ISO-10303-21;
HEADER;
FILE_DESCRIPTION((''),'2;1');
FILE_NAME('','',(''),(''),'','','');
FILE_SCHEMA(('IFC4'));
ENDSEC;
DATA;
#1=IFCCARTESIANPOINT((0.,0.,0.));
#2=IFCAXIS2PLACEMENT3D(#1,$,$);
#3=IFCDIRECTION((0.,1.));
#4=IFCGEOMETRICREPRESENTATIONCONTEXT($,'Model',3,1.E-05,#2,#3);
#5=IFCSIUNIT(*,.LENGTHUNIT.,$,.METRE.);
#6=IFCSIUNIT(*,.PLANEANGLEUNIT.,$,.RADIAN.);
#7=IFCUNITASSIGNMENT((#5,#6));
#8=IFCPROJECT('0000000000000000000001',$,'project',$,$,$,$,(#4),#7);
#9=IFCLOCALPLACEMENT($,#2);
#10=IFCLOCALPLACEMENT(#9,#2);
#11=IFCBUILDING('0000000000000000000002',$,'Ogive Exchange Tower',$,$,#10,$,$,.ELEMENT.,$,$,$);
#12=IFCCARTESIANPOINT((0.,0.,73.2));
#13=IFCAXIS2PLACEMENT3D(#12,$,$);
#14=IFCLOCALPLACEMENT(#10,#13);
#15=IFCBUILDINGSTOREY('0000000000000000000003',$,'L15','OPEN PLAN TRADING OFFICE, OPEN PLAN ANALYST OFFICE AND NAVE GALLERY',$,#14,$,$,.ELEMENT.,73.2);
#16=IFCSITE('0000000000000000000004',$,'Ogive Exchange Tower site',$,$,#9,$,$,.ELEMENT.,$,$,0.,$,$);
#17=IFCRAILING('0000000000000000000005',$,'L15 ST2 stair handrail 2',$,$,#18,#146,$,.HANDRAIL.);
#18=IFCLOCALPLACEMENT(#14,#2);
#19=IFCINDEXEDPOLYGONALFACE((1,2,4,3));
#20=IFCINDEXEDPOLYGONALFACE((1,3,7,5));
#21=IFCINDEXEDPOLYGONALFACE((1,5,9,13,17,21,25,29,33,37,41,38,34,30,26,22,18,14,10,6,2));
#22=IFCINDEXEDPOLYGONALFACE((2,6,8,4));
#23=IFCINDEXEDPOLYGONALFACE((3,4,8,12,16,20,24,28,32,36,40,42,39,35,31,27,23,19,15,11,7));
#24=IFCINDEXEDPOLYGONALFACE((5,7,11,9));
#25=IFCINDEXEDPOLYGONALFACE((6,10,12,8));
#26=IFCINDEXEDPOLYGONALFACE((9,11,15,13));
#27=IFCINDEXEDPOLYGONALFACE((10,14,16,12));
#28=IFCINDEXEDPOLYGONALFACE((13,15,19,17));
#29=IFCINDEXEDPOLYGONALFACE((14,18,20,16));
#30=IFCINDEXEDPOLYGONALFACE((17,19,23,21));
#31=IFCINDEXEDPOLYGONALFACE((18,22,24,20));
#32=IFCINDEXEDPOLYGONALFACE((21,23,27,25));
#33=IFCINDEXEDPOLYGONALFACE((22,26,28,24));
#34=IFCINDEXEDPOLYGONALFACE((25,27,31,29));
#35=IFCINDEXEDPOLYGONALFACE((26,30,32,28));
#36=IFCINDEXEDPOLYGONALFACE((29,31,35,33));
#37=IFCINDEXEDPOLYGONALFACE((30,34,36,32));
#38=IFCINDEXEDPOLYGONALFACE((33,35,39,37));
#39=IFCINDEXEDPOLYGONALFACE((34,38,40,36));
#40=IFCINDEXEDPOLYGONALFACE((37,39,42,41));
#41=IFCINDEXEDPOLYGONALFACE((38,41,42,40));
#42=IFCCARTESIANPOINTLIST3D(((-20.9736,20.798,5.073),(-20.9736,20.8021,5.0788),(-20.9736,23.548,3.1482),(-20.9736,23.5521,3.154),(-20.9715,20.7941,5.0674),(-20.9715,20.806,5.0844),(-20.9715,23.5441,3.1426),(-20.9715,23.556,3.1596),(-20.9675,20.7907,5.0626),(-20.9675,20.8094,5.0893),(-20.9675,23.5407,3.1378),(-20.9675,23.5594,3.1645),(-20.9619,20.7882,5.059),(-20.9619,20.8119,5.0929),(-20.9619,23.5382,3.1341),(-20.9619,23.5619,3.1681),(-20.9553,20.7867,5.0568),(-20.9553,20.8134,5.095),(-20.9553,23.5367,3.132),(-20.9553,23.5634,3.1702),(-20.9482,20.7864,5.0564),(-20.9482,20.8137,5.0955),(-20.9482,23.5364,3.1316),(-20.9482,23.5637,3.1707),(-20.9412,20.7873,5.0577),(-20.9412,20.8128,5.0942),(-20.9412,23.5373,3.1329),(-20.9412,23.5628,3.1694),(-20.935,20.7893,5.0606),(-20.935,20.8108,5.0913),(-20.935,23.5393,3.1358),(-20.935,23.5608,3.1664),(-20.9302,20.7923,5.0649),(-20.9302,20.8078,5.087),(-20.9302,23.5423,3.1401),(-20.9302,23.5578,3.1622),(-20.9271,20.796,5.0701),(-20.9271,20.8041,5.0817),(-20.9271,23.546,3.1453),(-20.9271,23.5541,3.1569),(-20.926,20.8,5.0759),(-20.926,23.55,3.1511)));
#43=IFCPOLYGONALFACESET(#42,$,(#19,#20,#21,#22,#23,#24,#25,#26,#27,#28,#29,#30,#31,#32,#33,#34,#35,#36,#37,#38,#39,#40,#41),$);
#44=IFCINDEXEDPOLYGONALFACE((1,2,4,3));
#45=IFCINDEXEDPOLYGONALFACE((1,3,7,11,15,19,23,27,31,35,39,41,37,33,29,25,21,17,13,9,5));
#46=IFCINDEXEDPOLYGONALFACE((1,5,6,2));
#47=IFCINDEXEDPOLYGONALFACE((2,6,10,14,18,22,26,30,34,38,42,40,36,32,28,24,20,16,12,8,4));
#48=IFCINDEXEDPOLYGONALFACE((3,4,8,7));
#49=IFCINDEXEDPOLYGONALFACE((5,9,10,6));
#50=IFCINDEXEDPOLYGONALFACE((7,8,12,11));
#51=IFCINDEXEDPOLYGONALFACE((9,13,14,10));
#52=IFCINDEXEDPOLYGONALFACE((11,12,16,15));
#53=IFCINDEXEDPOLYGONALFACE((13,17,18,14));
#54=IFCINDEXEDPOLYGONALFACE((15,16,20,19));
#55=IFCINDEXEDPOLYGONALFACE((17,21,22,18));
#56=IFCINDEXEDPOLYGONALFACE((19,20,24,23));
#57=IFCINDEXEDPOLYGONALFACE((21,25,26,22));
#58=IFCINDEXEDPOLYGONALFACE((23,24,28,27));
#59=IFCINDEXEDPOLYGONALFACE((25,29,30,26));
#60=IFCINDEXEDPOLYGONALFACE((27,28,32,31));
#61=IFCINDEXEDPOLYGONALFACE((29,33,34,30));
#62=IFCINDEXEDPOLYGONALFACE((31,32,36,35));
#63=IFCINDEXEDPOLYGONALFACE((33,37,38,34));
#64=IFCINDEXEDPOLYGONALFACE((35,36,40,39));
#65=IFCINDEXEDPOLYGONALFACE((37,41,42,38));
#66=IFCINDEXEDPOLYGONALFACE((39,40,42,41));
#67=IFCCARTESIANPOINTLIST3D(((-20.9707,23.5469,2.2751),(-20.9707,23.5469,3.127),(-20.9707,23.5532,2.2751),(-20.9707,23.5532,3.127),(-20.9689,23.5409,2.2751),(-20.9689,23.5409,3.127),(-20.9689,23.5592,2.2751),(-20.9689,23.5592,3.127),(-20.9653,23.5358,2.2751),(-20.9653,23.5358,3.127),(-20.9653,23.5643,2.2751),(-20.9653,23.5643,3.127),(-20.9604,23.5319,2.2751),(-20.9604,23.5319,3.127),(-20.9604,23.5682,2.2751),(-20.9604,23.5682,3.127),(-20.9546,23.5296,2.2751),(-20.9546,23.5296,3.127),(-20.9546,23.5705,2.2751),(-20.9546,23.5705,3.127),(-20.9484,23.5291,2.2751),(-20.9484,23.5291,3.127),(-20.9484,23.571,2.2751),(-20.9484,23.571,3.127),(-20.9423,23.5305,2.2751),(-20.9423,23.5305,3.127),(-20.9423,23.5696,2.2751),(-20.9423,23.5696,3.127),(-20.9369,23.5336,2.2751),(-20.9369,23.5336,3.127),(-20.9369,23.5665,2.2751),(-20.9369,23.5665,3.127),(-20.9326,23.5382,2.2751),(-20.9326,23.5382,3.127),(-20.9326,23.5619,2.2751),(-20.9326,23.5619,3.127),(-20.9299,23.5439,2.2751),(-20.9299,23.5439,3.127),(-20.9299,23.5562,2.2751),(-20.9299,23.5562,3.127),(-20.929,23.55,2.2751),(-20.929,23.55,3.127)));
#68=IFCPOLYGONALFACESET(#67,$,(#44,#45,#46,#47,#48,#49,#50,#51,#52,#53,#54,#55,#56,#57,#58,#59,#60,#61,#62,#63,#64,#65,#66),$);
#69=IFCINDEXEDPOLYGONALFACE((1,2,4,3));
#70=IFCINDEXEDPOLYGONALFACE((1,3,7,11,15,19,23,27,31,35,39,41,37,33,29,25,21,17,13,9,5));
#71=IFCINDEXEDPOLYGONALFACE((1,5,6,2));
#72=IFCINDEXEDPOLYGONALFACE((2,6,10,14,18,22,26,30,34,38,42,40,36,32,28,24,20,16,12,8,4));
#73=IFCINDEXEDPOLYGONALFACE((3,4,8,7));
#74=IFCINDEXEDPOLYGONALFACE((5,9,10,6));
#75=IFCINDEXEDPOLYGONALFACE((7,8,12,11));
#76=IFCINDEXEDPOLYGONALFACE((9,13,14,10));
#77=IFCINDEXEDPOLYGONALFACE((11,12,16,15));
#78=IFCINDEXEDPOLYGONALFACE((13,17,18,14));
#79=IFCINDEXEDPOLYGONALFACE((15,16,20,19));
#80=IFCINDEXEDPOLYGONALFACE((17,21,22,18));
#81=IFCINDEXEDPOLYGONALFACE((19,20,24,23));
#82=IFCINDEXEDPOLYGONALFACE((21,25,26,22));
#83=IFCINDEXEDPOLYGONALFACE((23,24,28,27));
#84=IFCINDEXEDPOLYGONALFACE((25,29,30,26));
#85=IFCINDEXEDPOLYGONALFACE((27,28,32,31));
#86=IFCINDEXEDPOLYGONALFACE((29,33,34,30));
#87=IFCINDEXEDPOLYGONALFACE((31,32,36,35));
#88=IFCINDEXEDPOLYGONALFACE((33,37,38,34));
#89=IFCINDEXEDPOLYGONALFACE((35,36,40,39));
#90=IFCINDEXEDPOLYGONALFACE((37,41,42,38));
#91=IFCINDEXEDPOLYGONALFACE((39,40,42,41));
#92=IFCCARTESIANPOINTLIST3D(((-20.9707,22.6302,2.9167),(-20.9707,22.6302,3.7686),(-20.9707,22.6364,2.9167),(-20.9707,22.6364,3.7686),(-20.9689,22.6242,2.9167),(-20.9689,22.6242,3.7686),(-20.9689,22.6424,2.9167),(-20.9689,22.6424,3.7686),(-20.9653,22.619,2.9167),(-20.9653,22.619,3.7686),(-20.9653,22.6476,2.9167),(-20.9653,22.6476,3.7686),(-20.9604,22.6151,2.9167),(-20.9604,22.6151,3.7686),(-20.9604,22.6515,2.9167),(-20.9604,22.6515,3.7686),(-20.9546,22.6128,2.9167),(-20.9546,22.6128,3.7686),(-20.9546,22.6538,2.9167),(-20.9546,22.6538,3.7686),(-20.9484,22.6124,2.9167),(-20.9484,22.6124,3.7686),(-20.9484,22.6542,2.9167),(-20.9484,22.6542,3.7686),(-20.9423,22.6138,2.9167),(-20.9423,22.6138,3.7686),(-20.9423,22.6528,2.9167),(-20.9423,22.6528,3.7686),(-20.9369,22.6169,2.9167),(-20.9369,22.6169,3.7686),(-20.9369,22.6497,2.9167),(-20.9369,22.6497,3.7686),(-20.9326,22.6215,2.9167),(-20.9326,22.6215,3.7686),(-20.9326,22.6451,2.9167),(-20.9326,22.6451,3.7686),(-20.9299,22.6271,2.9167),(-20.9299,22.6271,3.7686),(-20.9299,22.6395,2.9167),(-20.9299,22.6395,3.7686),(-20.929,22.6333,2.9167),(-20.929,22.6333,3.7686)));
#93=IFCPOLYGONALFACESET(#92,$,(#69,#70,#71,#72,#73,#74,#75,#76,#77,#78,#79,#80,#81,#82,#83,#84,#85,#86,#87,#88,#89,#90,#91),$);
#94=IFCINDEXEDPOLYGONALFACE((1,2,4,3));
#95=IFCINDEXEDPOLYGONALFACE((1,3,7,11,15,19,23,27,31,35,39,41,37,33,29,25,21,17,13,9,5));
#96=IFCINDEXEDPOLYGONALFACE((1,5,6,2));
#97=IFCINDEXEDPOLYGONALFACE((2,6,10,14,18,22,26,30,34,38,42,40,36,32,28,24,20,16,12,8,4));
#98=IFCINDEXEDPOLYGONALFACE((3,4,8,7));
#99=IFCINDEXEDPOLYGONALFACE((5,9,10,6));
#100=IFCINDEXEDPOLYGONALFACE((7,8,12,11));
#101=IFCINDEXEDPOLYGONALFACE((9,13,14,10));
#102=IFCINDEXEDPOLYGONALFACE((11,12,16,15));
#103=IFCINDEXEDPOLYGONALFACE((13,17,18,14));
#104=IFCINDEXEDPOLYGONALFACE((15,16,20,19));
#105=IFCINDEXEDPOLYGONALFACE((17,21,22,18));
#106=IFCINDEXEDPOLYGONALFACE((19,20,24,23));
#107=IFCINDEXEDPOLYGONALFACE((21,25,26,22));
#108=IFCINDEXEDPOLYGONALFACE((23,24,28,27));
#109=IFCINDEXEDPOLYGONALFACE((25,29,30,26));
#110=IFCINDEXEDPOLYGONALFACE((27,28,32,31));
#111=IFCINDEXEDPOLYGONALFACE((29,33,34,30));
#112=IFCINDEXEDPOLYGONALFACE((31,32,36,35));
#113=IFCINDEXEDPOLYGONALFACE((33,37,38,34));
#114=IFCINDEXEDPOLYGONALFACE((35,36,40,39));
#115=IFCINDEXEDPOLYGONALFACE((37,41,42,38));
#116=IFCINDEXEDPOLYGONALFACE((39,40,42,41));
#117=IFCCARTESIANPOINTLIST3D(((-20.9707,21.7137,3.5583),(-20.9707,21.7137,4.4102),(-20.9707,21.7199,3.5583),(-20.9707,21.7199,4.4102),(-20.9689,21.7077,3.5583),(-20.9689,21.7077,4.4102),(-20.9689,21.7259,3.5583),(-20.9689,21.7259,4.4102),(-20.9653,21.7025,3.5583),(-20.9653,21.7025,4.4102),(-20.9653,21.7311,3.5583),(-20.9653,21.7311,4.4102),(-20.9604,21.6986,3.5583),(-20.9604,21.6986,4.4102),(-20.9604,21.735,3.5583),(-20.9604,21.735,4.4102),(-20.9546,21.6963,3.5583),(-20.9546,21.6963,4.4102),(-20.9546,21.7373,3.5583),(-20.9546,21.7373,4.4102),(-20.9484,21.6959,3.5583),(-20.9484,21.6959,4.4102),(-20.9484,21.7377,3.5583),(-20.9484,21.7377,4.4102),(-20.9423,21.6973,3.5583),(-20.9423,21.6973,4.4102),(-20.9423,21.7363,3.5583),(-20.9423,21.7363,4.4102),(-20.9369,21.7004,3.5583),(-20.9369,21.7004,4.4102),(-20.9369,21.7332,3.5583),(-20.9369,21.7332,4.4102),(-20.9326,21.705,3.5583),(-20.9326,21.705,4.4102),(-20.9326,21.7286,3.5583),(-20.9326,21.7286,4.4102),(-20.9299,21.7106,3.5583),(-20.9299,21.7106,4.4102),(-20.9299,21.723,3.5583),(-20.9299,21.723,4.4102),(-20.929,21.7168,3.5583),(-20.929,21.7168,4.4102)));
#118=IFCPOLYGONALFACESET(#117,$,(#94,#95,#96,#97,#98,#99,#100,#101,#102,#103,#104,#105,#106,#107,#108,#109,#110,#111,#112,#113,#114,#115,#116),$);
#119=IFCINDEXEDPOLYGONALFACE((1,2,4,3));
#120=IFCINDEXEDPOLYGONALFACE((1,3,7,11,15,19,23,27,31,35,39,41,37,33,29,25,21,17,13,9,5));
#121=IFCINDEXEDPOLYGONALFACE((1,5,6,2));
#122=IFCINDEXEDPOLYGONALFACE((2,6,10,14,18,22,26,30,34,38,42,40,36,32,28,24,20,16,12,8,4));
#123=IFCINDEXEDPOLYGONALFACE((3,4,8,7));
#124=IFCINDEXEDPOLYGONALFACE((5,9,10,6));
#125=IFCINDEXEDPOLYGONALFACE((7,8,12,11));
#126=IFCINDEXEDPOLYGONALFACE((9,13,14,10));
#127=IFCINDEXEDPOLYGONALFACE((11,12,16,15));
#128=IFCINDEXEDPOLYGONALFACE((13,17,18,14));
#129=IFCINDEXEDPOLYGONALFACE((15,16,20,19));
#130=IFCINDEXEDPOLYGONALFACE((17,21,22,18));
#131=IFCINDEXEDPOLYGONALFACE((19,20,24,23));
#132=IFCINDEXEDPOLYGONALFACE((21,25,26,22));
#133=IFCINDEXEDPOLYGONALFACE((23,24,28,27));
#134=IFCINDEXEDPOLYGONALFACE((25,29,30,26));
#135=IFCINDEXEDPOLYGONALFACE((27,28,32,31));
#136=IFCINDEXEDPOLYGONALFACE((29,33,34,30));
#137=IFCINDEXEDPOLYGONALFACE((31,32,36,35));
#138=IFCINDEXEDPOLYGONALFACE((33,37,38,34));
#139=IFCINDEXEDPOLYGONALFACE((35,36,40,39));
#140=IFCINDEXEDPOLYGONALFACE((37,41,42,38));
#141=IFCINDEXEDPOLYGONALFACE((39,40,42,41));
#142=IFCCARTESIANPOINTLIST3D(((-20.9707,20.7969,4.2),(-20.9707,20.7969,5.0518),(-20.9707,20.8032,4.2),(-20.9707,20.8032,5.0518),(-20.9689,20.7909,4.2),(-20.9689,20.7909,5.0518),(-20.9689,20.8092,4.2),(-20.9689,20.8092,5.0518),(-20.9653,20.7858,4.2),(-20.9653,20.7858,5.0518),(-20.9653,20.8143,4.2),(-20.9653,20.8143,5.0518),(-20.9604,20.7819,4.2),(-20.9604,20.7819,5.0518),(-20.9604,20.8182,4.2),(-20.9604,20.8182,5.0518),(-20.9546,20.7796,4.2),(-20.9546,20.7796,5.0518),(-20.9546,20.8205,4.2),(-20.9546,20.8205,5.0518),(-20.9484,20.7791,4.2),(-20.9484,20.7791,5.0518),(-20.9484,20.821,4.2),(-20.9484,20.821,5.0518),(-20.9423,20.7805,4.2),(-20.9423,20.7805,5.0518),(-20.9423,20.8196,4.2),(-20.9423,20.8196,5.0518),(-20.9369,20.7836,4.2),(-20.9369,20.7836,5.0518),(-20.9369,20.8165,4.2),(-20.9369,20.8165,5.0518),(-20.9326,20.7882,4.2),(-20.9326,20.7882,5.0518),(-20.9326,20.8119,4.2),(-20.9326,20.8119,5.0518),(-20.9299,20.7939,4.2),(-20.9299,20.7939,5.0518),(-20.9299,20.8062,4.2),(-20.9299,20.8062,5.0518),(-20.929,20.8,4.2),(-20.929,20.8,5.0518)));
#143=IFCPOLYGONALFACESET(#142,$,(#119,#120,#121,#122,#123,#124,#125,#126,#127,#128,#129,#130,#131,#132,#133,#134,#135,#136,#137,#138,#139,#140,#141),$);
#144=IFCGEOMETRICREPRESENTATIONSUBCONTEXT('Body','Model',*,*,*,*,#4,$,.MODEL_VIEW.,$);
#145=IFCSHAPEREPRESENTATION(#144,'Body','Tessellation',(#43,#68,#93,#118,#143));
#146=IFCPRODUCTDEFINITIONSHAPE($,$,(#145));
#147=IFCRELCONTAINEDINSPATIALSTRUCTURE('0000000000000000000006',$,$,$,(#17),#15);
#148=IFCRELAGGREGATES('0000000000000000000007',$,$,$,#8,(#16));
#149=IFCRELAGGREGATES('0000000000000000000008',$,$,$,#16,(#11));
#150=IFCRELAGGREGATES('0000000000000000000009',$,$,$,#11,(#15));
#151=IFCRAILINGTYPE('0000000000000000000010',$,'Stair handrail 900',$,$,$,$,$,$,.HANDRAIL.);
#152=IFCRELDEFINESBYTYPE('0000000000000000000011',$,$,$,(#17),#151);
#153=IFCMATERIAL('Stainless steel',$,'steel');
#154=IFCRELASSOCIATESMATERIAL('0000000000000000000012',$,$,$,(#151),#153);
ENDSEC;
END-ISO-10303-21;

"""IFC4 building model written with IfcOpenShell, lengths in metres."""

from ifc_helpers import new_model, si_unit, direction, frame, origin, origin_2d, place, context, subcontext, project, spatial, circle, extrude, material, type_object, element, save


model = new_model("IFC4")

# Units and contexts
model_context = context("Model", 3, precision=1e-05, world=origin(), true_north=direction((0.0, 1.0)))
body_context = subcontext(model_context, "Body", "Model", "MODEL_VIEW")
ifc_project = project(units=[si_unit("LENGTHUNIT", "METRE"), si_unit("PLANEANGLEUNIT", "RADIAN")], contexts=[model_context])

# Site, building, storey
site_placement = place(None, origin())
site = spatial("IfcSite", under=ifc_project, at=site_placement, Name="Ogive Exchange Tower site", CompositionType="ELEMENT", RefElevation=0.0)
building_placement = place(site_placement, origin())
building = spatial("IfcBuilding", under=site, at=building_placement, Name="Ogive Exchange Tower", CompositionType="ELEMENT")
storey_placement = place(building_placement, frame((0.0, 0.0, 73.2)))
storey = spatial("IfcBuildingStorey", under=building, at=storey_placement, Name="L15", Description="OPEN PLAN TRADING OFFICE, OPEN PLAN ANALYST OFFICE AND NAVE GALLERY", CompositionType="ELEMENT", Elevation=73.2)

# Railing
ifc_material_1 = material(Name="Stainless steel", Category="steel")
railing_type = type_object("IfcRailingType", Name="Stair handrail 900", PredefinedType="HANDRAIL", material=ifc_material_1)
railing_1_placement = place(storey_placement, frame((-20.95, 23.55, 2.2751)))
element("IfcRailing", 1, at=railing_1_placement, inside=storey, type_object=railing_type, Name="L15 ST2 stair handrail 2", PredefinedType="HANDRAIL", context=body_context, shape_type="SweptSolid", body=[
    extrude(circle(Radius=0.0239, at=origin_2d()), frame((0.0, 0.0, 0.876), z_axis=(0.0, -0.819259, 0.573423), x_axis=(1.0, 0.0, 0.0)), (0.0, 0.0, 1.0), 3.3567),
    extrude(circle(Radius=0.021, at=origin_2d()), origin(), (0.0, 0.0, 1.0), 0.8518),
    extrude(circle(Radius=0.021, at=origin_2d()), frame((0.0, -0.9167, 0.6416)), (0.0, 0.0, 1.0), 0.8518),
    extrude(circle(Radius=0.021, at=origin_2d()), frame((0.0, -1.8333, 1.2832)), (0.0, 0.0, 1.0), 0.8518),
    extrude(circle(Radius=0.021, at=origin_2d()), frame((0.0, -2.75, 1.9248)), (0.0, 0.0, 1.0), 0.8518),
])

save(model, "model.ifc")
